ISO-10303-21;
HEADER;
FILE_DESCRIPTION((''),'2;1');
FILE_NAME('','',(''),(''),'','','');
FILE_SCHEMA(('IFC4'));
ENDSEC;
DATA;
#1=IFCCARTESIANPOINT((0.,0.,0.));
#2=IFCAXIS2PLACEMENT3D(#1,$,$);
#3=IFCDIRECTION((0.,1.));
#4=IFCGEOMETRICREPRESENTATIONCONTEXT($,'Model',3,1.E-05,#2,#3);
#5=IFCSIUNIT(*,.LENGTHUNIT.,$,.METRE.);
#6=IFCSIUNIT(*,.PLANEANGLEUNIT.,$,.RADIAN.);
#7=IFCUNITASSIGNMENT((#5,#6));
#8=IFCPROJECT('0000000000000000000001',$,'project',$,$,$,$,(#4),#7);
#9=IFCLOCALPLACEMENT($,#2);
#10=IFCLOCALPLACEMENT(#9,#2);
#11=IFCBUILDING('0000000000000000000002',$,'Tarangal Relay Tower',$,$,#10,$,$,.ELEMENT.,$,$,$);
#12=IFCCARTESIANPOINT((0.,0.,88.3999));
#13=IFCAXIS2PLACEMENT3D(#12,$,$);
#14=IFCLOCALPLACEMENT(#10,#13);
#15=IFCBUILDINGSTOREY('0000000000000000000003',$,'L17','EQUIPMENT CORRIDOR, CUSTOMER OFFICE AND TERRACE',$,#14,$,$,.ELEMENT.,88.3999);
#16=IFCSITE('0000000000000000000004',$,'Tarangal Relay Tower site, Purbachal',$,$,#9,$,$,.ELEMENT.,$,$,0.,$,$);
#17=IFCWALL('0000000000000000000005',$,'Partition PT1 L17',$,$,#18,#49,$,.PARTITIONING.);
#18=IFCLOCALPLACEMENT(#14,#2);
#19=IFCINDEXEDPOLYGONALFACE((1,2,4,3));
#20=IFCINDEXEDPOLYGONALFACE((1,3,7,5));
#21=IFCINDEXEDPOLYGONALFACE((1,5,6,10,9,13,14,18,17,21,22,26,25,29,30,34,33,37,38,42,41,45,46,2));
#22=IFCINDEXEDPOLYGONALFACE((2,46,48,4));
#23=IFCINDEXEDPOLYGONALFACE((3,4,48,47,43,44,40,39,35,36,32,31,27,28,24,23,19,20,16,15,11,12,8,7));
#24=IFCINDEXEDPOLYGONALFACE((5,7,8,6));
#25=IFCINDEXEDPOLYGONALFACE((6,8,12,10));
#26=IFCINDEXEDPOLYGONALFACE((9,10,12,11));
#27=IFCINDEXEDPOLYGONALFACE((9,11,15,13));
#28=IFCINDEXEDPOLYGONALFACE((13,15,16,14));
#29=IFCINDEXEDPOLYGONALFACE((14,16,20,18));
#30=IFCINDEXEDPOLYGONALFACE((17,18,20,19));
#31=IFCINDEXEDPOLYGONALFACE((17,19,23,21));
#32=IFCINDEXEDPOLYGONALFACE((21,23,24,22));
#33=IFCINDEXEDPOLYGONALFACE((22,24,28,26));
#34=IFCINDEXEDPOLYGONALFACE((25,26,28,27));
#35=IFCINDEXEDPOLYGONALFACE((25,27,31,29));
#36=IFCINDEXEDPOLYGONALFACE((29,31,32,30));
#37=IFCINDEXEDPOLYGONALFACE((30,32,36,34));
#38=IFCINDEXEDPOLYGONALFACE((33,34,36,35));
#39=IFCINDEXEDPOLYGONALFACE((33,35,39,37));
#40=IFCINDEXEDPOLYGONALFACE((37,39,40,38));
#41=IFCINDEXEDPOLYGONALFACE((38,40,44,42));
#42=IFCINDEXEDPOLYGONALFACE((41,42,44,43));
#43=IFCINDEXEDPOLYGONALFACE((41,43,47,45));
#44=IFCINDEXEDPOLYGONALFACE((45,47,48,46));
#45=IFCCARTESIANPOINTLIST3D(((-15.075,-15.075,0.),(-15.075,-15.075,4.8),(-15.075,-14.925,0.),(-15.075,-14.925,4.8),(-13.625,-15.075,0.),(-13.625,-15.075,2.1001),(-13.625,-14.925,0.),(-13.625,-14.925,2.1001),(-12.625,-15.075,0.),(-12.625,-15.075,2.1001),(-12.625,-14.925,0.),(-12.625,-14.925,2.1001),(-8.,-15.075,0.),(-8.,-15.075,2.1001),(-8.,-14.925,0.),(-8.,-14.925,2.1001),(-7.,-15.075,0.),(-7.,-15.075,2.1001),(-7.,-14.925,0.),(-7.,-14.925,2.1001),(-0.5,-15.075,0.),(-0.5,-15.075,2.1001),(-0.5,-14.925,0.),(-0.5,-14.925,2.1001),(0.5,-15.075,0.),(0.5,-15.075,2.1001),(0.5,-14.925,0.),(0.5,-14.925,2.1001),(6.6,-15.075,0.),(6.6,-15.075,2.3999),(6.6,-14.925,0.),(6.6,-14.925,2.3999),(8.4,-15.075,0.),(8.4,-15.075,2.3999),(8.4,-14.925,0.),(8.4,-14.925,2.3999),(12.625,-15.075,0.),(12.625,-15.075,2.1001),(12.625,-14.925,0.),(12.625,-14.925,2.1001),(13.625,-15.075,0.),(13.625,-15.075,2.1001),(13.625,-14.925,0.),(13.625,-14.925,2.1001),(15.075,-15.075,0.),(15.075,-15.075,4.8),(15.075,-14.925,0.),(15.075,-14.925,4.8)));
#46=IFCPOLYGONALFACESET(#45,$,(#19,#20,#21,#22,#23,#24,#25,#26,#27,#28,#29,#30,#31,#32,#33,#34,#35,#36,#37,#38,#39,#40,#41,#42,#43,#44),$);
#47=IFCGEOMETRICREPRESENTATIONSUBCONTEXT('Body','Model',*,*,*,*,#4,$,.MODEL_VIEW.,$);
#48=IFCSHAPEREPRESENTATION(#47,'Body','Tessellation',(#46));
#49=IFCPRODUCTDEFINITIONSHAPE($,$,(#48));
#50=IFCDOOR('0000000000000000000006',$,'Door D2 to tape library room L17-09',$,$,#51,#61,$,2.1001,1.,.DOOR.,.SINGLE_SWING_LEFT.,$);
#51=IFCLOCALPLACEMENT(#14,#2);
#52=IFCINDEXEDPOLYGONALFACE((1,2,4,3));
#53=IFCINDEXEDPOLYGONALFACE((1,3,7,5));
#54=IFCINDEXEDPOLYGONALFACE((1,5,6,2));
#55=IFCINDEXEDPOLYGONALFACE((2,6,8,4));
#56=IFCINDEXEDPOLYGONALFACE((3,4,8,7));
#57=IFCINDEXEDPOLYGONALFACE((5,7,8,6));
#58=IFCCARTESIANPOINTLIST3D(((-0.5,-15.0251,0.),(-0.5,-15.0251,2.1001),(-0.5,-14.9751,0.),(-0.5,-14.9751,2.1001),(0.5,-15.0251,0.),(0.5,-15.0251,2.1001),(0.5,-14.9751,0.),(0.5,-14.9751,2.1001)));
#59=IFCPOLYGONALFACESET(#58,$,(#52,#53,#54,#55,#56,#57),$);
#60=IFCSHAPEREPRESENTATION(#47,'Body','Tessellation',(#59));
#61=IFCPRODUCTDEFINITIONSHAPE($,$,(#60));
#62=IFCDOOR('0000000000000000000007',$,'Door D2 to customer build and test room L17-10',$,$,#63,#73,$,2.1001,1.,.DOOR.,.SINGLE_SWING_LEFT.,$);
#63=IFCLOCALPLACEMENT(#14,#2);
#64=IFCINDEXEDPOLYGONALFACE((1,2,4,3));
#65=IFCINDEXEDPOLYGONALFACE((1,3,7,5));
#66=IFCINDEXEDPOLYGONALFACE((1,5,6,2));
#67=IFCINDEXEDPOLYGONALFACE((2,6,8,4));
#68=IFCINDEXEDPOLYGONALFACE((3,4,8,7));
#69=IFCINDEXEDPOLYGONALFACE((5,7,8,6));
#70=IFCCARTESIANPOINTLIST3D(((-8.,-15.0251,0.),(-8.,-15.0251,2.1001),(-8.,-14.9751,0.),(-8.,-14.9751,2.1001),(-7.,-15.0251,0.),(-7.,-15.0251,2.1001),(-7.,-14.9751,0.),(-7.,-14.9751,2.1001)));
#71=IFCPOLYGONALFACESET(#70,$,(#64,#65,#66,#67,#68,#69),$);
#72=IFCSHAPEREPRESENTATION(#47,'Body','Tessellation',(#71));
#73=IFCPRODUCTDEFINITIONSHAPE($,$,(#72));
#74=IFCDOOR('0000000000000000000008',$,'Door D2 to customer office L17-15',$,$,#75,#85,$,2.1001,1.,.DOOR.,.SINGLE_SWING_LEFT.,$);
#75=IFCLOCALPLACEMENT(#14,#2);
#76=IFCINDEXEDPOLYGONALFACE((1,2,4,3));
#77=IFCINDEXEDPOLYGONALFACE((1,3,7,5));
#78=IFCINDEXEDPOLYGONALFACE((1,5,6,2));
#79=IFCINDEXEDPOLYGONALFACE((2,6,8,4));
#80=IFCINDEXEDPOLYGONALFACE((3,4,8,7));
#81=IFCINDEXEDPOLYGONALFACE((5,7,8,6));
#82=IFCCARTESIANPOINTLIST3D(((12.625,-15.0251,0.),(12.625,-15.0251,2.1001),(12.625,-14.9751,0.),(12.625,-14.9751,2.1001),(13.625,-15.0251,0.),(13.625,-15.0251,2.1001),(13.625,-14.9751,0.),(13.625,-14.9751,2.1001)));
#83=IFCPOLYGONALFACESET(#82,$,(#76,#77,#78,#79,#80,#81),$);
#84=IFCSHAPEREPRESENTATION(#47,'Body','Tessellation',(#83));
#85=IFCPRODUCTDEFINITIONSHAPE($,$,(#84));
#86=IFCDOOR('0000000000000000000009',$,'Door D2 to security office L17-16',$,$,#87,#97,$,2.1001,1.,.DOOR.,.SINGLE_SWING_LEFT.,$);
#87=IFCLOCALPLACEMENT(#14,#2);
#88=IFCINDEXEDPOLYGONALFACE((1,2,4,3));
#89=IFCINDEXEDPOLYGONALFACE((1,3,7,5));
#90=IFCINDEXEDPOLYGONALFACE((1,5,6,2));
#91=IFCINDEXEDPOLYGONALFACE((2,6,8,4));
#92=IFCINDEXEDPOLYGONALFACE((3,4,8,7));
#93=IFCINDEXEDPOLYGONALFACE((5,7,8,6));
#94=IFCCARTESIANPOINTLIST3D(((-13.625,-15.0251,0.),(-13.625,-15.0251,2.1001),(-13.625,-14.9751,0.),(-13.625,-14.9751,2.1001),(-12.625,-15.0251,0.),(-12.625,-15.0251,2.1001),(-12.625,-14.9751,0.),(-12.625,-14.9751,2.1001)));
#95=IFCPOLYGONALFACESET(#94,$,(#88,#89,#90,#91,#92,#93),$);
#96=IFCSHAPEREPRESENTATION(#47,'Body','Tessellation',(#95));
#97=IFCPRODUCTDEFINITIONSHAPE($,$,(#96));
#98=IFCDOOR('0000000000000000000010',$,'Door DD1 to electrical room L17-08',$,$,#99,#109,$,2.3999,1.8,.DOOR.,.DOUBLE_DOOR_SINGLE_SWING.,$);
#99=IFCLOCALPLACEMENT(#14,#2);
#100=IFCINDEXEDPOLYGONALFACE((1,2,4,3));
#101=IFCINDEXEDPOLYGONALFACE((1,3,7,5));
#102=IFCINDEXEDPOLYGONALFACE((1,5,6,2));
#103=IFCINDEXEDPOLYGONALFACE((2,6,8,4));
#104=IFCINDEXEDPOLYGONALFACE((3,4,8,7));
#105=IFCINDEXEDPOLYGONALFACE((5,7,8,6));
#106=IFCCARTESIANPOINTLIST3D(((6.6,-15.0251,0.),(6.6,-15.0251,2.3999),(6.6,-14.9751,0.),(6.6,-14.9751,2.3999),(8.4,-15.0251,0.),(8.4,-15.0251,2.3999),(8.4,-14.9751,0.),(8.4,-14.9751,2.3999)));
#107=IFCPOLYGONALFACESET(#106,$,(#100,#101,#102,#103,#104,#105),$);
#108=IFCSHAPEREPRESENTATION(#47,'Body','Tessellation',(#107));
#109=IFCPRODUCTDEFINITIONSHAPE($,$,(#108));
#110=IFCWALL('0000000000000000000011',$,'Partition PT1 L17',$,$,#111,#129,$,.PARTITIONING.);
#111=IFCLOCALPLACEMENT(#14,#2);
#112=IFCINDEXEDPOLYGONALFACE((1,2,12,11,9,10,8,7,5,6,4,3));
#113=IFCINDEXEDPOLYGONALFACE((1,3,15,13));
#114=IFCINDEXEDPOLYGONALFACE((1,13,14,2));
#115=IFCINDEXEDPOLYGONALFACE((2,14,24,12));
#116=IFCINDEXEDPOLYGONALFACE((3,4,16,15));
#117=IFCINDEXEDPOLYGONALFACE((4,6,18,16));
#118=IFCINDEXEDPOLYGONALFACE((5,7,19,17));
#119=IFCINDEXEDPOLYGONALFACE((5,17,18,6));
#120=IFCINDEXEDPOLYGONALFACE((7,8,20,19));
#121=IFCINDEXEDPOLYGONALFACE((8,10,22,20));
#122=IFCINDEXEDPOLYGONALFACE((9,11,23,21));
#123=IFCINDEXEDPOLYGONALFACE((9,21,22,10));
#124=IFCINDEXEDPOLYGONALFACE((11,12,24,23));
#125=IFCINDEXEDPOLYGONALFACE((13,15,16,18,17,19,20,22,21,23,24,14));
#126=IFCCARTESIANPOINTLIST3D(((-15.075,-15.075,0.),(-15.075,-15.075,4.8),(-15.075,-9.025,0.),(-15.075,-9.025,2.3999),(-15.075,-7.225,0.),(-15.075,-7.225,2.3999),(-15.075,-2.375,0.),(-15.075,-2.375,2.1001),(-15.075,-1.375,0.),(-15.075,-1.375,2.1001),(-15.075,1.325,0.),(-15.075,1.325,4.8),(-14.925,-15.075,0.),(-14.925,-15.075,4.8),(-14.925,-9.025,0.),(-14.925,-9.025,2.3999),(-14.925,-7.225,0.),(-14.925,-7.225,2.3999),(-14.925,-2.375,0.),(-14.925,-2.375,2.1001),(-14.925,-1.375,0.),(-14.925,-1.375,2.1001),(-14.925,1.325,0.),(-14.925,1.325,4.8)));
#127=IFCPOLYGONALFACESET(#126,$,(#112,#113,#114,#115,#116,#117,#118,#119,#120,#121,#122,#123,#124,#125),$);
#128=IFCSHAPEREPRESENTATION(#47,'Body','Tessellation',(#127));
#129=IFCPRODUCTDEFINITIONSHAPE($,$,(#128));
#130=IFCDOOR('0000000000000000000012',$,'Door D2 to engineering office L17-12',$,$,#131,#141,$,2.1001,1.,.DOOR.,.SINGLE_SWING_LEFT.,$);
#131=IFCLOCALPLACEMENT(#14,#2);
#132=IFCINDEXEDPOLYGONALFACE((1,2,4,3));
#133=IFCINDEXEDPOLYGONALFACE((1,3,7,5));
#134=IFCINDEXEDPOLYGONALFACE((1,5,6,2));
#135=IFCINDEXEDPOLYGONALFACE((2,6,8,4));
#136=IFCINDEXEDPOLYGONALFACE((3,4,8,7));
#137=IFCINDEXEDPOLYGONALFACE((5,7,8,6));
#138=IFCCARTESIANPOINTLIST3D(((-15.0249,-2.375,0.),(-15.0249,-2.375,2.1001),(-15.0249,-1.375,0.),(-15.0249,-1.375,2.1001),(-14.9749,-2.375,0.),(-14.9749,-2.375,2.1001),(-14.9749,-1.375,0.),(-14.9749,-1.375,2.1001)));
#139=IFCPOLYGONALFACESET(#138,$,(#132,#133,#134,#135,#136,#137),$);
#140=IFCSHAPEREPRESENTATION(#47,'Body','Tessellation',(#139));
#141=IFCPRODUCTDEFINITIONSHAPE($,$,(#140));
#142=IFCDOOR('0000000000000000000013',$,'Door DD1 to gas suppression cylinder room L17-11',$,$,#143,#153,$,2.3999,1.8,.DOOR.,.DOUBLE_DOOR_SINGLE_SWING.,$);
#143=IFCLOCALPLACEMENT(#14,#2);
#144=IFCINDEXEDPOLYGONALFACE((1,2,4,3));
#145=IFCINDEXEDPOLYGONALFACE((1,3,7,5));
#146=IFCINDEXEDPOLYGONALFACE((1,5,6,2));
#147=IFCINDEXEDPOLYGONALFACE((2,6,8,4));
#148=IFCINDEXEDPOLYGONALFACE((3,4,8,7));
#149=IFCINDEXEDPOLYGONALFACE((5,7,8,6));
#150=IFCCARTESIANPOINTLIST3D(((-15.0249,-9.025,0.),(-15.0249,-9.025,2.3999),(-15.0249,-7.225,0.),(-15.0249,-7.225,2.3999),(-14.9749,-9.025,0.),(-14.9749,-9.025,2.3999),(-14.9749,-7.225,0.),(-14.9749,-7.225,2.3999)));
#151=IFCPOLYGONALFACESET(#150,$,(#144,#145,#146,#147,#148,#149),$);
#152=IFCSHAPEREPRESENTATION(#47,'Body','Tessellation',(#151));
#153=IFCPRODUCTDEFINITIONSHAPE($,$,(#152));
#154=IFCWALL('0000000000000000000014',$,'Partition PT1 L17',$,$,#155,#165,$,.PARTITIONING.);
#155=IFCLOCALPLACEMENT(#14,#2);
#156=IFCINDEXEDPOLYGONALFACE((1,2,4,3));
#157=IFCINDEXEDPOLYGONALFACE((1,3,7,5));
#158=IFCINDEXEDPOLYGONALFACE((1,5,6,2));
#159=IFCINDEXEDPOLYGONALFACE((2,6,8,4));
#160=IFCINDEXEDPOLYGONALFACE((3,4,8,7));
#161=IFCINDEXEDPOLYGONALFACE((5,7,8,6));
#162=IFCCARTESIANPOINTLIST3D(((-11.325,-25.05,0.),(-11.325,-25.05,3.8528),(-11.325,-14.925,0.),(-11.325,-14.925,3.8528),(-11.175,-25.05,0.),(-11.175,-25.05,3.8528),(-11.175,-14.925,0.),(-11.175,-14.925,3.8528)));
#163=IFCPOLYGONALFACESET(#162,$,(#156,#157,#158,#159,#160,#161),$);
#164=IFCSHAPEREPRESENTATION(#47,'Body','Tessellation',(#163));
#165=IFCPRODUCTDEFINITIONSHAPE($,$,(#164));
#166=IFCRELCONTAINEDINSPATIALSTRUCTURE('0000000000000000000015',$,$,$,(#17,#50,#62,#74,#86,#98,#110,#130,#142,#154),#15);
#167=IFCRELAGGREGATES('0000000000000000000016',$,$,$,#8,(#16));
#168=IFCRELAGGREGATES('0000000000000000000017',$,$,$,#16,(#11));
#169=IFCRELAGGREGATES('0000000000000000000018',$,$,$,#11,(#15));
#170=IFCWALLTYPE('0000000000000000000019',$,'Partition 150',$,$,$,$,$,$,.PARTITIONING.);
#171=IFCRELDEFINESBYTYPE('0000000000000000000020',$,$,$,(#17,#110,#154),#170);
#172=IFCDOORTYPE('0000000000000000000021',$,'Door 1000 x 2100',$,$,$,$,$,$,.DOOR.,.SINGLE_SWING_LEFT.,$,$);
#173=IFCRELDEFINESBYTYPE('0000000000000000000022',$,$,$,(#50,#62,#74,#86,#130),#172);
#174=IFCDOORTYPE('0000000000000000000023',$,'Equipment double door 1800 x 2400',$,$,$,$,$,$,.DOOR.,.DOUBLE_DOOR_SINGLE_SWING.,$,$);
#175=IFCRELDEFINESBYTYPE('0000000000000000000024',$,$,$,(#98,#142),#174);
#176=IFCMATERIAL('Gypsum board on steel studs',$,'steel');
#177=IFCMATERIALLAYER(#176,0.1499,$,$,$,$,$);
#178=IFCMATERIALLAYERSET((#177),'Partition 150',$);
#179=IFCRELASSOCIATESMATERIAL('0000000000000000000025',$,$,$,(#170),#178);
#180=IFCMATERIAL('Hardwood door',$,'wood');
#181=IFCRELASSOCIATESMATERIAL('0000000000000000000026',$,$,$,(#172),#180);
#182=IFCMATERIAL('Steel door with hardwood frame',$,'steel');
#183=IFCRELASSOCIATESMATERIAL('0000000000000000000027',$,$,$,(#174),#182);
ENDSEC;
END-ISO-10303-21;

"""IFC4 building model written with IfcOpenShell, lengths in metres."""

from ifc_helpers import new_model, si_unit, direction, frame, frame_2d, origin, place, context, subcontext, project, spatial, rectangle, extrude, material, layer, layer_set, type_object, element, fill, save


model = new_model("IFC4")

# Units and contexts
model_context = context("Model", 3, precision=1e-05, world=origin(), true_north=direction((0.0, 1.0)))
body_context = subcontext(model_context, "Body", "Model", "MODEL_VIEW")
ifc_project = project(units=[si_unit("LENGTHUNIT", "METRE"), si_unit("PLANEANGLEUNIT", "RADIAN")], contexts=[model_context])

# Site, building, storey
site_placement = place(None, origin())
site = spatial("IfcSite", under=ifc_project, at=site_placement, Name="Tarangal Relay Tower site, Purbachal", CompositionType="ELEMENT", RefElevation=0.0)
building_placement = place(site_placement, origin())
building = spatial("IfcBuilding", under=site, at=building_placement, Name="Tarangal Relay Tower", CompositionType="ELEMENT")
storey_placement = place(building_placement, frame((0.0, 0.0, 88.3999)))
storey = spatial("IfcBuildingStorey", under=building, at=storey_placement, Name="L17", Description="EQUIPMENT CORRIDOR, CUSTOMER OFFICE AND TERRACE", CompositionType="ELEMENT", Elevation=88.3999)

# Walls, openings, doors
ifc_material_1 = material(Name="Gypsum board on steel studs", Category="steel")
ifc_layer_1 = layer(ifc_material_1, 0.1499)
ifc_layer_set_1 = layer_set([ifc_layer_1], Name="Partition 150")
wall_type_1 = type_object("IfcWallType", Name="Partition 150", PredefinedType="PARTITIONING", material=ifc_layer_set_1)
wall_1_placement = place(storey_placement, frame((-15.075, -15.0, 0.0), z_axis=(0.0, 0.0, 1.0), x_axis=(1.0, 0.0, 0.0)))
wall_1 = element("IfcWall", 1, at=wall_1_placement, inside=storey, type_object=wall_type_1, Name="Partition PT1 L17", PredefinedType="PARTITIONING", context=body_context, shape_type="SweptSolid", body=[
    extrude(rectangle(XDim=30.1499, YDim=0.1499, at=frame_2d((15.075, 0.0))), origin(), (0.0, 0.0, 1.0), 4.8),
])
opening_1_placement = place(wall_1_placement, frame((21.675, 0.0, 0.0)))
opening_1 = element("IfcOpeningElement", 2, at=opening_1_placement, cuts=wall_1, PredefinedType="OPENING", context=body_context, shape_type="SweptSolid", body=[
    extrude(rectangle(XDim=1.8, YDim=2.3999, at=frame_2d((0.8999, 1.2))), frame((0.0, 0.085, 0.0), z_axis=(0.0, -1.0, 0.0), x_axis=(1.0, 0.0, 0.0)), (0.0, 0.0, 1.0), 0.1699),
])
opening_2_placement = place(wall_1_placement, frame((14.575, 0.0, 0.0)))
opening_2 = element("IfcOpeningElement", 3, at=opening_2_placement, cuts=wall_1, PredefinedType="OPENING", context=body_context, shape_type="SweptSolid", body=[
    extrude(rectangle(XDim=1.0, YDim=2.1001, at=frame_2d((0.5, 1.05))), frame((0.0, 0.085, 0.0), z_axis=(0.0, -1.0, 0.0), x_axis=(1.0, 0.0, 0.0)), (0.0, 0.0, 1.0), 0.1699),
])
opening_3_placement = place(wall_1_placement, frame((7.075, 0.0, 0.0)))
opening_3 = element("IfcOpeningElement", 4, at=opening_3_placement, cuts=wall_1, PredefinedType="OPENING", context=body_context, shape_type="SweptSolid", body=[
    extrude(rectangle(XDim=1.0, YDim=2.1001, at=frame_2d((0.5, 1.05))), frame((0.0, 0.085, 0.0), z_axis=(0.0, -1.0, 0.0), x_axis=(1.0, 0.0, 0.0)), (0.0, 0.0, 1.0), 0.1699),
])
opening_4_placement = place(wall_1_placement, frame((27.7, 0.0, 0.0)))
opening_4 = element("IfcOpeningElement", 5, at=opening_4_placement, cuts=wall_1, PredefinedType="OPENING", context=body_context, shape_type="SweptSolid", body=[
    extrude(rectangle(XDim=1.0, YDim=2.1001, at=frame_2d((0.5, 1.05))), frame((0.0, 0.085, 0.0), z_axis=(0.0, -1.0, 0.0), x_axis=(1.0, 0.0, 0.0)), (0.0, 0.0, 1.0), 0.1699),
])
opening_5_placement = place(wall_1_placement, frame((1.45, 0.0, 0.0)))
opening_5 = element("IfcOpeningElement", 6, at=opening_5_placement, cuts=wall_1, PredefinedType="OPENING", context=body_context, shape_type="SweptSolid", body=[
    extrude(rectangle(XDim=1.0, YDim=2.1001, at=frame_2d((0.5, 1.05))), frame((0.0, 0.085, 0.0), z_axis=(0.0, -1.0, 0.0), x_axis=(1.0, 0.0, 0.0)), (0.0, 0.0, 1.0), 0.1699),
])
ifc_material_2 = material(Name="Hardwood door", Category="wood")
door_type_1 = type_object("IfcDoorType", Name="Door 1000 x 2100", OperationType="SINGLE_SWING_LEFT", PredefinedType="DOOR", material=ifc_material_2)
door_1_placement = place(opening_2_placement, origin())
door_1 = element("IfcDoor", 7, at=door_1_placement, inside=storey, type_object=door_type_1, Name="Door D2 to tape library room L17-09", OperationType="SINGLE_SWING_LEFT", OverallHeight=2.1001, OverallWidth=1.0, PredefinedType="DOOR", context=body_context, shape_type="SweptSolid", body=[
    extrude(rectangle(XDim=1.0, YDim=2.1001, at=frame_2d((0.5, 1.05))), frame((0.0, 0.0249, 0.0), z_axis=(0.0, -1.0, 0.0), x_axis=(1.0, 0.0, 0.0)), (0.0, 0.0, 1.0), 0.05),
])
fill(opening_2, door_1)
door_2_placement = place(opening_3_placement, origin())
door_2 = element("IfcDoor", 8, at=door_2_placement, inside=storey, type_object=door_type_1, Name="Door D2 to customer build and test room L17-10", OperationType="SINGLE_SWING_LEFT", OverallHeight=2.1001, OverallWidth=1.0, PredefinedType="DOOR", context=body_context, shape_type="SweptSolid", body=[
    extrude(rectangle(XDim=1.0, YDim=2.1001, at=frame_2d((0.5, 1.05))), frame((0.0, 0.0249, 0.0), z_axis=(0.0, -1.0, 0.0), x_axis=(1.0, 0.0, 0.0)), (0.0, 0.0, 1.0), 0.05),
])
fill(opening_3, door_2)
door_3_placement = place(opening_4_placement, origin())
door_3 = element("IfcDoor", 9, at=door_3_placement, inside=storey, type_object=door_type_1, Name="Door D2 to customer office L17-15", OperationType="SINGLE_SWING_LEFT", OverallHeight=2.1001, OverallWidth=1.0, PredefinedType="DOOR", context=body_context, shape_type="SweptSolid", body=[
    extrude(rectangle(XDim=1.0, YDim=2.1001, at=frame_2d((0.5, 1.05))), frame((0.0, 0.0249, 0.0), z_axis=(0.0, -1.0, 0.0), x_axis=(1.0, 0.0, 0.0)), (0.0, 0.0, 1.0), 0.05),
])
fill(opening_4, door_3)
door_4_placement = place(opening_5_placement, origin())
door_4 = element("IfcDoor", 10, at=door_4_placement, inside=storey, type_object=door_type_1, Name="Door D2 to security office L17-16", OperationType="SINGLE_SWING_LEFT", OverallHeight=2.1001, OverallWidth=1.0, PredefinedType="DOOR", context=body_context, shape_type="SweptSolid", body=[
    extrude(rectangle(XDim=1.0, YDim=2.1001, at=frame_2d((0.5, 1.05))), frame((0.0, 0.0249, 0.0), z_axis=(0.0, -1.0, 0.0), x_axis=(1.0, 0.0, 0.0)), (0.0, 0.0, 1.0), 0.05),
])
fill(opening_5, door_4)
ifc_material_3 = material(Name="Steel door with hardwood frame", Category="steel")
door_type_2 = type_object("IfcDoorType", Name="Equipment double door 1800 x 2400", OperationType="DOUBLE_DOOR_SINGLE_SWING", PredefinedType="DOOR", material=ifc_material_3)
door_5_placement = place(opening_1_placement, origin())
door_5 = element("IfcDoor", 11, at=door_5_placement, inside=storey, type_object=door_type_2, Name="Door DD1 to electrical room L17-08", OperationType="DOUBLE_DOOR_SINGLE_SWING", OverallHeight=2.3999, OverallWidth=1.8, PredefinedType="DOOR", context=body_context, shape_type="SweptSolid", body=[
    extrude(rectangle(XDim=1.8, YDim=2.3999, at=frame_2d((0.8999, 1.2))), frame((0.0, 0.0249, 0.0), z_axis=(0.0, -1.0, 0.0), x_axis=(1.0, 0.0, 0.0)), (0.0, 0.0, 1.0), 0.05),
])
fill(opening_1, door_5)
wall_2_placement = place(storey_placement, frame((-15.0, -15.075, 0.0), z_axis=(0.0, 0.0, 1.0), x_axis=(0.0, 1.0, 0.0)))
wall_2 = element("IfcWall", 12, at=wall_2_placement, inside=storey, type_object=wall_type_1, Name="Partition PT1 L17", PredefinedType="PARTITIONING", context=body_context, shape_type="SweptSolid", body=[
    extrude(rectangle(XDim=16.3999, YDim=0.1499, at=frame_2d((8.2, 0.0))), origin(), (0.0, 0.0, 1.0), 4.8),
])
opening_6_placement = place(wall_2_placement, frame((6.05, 0.0, 0.0)))
opening_6 = element("IfcOpeningElement", 13, at=opening_6_placement, cuts=wall_2, PredefinedType="OPENING", context=body_context, shape_type="SweptSolid", body=[
    extrude(rectangle(XDim=1.8, YDim=2.3999, at=frame_2d((0.8999, 1.2))), frame((0.0, 0.085, 0.0), z_axis=(0.0, -1.0, 0.0), x_axis=(1.0, 0.0, 0.0)), (0.0, 0.0, 1.0), 0.1699),
])
opening_7_placement = place(wall_2_placement, frame((12.7, 0.0, 0.0)))
opening_7 = element("IfcOpeningElement", 14, at=opening_7_placement, cuts=wall_2, PredefinedType="OPENING", context=body_context, shape_type="SweptSolid", body=[
    extrude(rectangle(XDim=1.0, YDim=2.1001, at=frame_2d((0.5, 1.05))), frame((0.0, 0.085, 0.0), z_axis=(0.0, -1.0, 0.0), x_axis=(1.0, 0.0, 0.0)), (0.0, 0.0, 1.0), 0.1699),
])
door_6_placement = place(opening_7_placement, origin())
door_6 = element("IfcDoor", 15, at=door_6_placement, inside=storey, type_object=door_type_1, Name="Door D2 to engineering office L17-12", OperationType="SINGLE_SWING_LEFT", OverallHeight=2.1001, OverallWidth=1.0, PredefinedType="DOOR", context=body_context, shape_type="SweptSolid", body=[
    extrude(rectangle(XDim=1.0, YDim=2.1001, at=frame_2d((0.5, 1.05))), frame((0.0, 0.0249, 0.0), z_axis=(0.0, -1.0, 0.0), x_axis=(1.0, 0.0, 0.0)), (0.0, 0.0, 1.0), 0.05),
])
fill(opening_7, door_6)
door_7_placement = place(opening_6_placement, origin())
door_7 = element("IfcDoor", 16, at=door_7_placement, inside=storey, type_object=door_type_2, Name="Door DD1 to gas suppression cylinder room L17-11", OperationType="DOUBLE_DOOR_SINGLE_SWING", OverallHeight=2.3999, OverallWidth=1.8, PredefinedType="DOOR", context=body_context, shape_type="SweptSolid", body=[
    extrude(rectangle(XDim=1.8, YDim=2.3999, at=frame_2d((0.8999, 1.2))), frame((0.0, 0.0249, 0.0), z_axis=(0.0, -1.0, 0.0), x_axis=(1.0, 0.0, 0.0)), (0.0, 0.0, 1.0), 0.05),
])
fill(opening_6, door_7)

# Wall
wall_3_placement = place(storey_placement, frame((-11.25, -25.05, 0.0), z_axis=(0.0, 0.0, 1.0), x_axis=(0.0, 1.0, 0.0)))
element("IfcWall", 17, at=wall_3_placement, inside=storey, type_object=wall_type_1, Name="Partition PT1 L17", PredefinedType="PARTITIONING", context=body_context, shape_type="SweptSolid", body=[
    extrude(rectangle(XDim=10.125, YDim=0.1499, at=frame_2d((5.0625, 0.0))), origin(), (0.0, 0.0, 1.0), 3.8528),
])

save(model, "model.ifc")
